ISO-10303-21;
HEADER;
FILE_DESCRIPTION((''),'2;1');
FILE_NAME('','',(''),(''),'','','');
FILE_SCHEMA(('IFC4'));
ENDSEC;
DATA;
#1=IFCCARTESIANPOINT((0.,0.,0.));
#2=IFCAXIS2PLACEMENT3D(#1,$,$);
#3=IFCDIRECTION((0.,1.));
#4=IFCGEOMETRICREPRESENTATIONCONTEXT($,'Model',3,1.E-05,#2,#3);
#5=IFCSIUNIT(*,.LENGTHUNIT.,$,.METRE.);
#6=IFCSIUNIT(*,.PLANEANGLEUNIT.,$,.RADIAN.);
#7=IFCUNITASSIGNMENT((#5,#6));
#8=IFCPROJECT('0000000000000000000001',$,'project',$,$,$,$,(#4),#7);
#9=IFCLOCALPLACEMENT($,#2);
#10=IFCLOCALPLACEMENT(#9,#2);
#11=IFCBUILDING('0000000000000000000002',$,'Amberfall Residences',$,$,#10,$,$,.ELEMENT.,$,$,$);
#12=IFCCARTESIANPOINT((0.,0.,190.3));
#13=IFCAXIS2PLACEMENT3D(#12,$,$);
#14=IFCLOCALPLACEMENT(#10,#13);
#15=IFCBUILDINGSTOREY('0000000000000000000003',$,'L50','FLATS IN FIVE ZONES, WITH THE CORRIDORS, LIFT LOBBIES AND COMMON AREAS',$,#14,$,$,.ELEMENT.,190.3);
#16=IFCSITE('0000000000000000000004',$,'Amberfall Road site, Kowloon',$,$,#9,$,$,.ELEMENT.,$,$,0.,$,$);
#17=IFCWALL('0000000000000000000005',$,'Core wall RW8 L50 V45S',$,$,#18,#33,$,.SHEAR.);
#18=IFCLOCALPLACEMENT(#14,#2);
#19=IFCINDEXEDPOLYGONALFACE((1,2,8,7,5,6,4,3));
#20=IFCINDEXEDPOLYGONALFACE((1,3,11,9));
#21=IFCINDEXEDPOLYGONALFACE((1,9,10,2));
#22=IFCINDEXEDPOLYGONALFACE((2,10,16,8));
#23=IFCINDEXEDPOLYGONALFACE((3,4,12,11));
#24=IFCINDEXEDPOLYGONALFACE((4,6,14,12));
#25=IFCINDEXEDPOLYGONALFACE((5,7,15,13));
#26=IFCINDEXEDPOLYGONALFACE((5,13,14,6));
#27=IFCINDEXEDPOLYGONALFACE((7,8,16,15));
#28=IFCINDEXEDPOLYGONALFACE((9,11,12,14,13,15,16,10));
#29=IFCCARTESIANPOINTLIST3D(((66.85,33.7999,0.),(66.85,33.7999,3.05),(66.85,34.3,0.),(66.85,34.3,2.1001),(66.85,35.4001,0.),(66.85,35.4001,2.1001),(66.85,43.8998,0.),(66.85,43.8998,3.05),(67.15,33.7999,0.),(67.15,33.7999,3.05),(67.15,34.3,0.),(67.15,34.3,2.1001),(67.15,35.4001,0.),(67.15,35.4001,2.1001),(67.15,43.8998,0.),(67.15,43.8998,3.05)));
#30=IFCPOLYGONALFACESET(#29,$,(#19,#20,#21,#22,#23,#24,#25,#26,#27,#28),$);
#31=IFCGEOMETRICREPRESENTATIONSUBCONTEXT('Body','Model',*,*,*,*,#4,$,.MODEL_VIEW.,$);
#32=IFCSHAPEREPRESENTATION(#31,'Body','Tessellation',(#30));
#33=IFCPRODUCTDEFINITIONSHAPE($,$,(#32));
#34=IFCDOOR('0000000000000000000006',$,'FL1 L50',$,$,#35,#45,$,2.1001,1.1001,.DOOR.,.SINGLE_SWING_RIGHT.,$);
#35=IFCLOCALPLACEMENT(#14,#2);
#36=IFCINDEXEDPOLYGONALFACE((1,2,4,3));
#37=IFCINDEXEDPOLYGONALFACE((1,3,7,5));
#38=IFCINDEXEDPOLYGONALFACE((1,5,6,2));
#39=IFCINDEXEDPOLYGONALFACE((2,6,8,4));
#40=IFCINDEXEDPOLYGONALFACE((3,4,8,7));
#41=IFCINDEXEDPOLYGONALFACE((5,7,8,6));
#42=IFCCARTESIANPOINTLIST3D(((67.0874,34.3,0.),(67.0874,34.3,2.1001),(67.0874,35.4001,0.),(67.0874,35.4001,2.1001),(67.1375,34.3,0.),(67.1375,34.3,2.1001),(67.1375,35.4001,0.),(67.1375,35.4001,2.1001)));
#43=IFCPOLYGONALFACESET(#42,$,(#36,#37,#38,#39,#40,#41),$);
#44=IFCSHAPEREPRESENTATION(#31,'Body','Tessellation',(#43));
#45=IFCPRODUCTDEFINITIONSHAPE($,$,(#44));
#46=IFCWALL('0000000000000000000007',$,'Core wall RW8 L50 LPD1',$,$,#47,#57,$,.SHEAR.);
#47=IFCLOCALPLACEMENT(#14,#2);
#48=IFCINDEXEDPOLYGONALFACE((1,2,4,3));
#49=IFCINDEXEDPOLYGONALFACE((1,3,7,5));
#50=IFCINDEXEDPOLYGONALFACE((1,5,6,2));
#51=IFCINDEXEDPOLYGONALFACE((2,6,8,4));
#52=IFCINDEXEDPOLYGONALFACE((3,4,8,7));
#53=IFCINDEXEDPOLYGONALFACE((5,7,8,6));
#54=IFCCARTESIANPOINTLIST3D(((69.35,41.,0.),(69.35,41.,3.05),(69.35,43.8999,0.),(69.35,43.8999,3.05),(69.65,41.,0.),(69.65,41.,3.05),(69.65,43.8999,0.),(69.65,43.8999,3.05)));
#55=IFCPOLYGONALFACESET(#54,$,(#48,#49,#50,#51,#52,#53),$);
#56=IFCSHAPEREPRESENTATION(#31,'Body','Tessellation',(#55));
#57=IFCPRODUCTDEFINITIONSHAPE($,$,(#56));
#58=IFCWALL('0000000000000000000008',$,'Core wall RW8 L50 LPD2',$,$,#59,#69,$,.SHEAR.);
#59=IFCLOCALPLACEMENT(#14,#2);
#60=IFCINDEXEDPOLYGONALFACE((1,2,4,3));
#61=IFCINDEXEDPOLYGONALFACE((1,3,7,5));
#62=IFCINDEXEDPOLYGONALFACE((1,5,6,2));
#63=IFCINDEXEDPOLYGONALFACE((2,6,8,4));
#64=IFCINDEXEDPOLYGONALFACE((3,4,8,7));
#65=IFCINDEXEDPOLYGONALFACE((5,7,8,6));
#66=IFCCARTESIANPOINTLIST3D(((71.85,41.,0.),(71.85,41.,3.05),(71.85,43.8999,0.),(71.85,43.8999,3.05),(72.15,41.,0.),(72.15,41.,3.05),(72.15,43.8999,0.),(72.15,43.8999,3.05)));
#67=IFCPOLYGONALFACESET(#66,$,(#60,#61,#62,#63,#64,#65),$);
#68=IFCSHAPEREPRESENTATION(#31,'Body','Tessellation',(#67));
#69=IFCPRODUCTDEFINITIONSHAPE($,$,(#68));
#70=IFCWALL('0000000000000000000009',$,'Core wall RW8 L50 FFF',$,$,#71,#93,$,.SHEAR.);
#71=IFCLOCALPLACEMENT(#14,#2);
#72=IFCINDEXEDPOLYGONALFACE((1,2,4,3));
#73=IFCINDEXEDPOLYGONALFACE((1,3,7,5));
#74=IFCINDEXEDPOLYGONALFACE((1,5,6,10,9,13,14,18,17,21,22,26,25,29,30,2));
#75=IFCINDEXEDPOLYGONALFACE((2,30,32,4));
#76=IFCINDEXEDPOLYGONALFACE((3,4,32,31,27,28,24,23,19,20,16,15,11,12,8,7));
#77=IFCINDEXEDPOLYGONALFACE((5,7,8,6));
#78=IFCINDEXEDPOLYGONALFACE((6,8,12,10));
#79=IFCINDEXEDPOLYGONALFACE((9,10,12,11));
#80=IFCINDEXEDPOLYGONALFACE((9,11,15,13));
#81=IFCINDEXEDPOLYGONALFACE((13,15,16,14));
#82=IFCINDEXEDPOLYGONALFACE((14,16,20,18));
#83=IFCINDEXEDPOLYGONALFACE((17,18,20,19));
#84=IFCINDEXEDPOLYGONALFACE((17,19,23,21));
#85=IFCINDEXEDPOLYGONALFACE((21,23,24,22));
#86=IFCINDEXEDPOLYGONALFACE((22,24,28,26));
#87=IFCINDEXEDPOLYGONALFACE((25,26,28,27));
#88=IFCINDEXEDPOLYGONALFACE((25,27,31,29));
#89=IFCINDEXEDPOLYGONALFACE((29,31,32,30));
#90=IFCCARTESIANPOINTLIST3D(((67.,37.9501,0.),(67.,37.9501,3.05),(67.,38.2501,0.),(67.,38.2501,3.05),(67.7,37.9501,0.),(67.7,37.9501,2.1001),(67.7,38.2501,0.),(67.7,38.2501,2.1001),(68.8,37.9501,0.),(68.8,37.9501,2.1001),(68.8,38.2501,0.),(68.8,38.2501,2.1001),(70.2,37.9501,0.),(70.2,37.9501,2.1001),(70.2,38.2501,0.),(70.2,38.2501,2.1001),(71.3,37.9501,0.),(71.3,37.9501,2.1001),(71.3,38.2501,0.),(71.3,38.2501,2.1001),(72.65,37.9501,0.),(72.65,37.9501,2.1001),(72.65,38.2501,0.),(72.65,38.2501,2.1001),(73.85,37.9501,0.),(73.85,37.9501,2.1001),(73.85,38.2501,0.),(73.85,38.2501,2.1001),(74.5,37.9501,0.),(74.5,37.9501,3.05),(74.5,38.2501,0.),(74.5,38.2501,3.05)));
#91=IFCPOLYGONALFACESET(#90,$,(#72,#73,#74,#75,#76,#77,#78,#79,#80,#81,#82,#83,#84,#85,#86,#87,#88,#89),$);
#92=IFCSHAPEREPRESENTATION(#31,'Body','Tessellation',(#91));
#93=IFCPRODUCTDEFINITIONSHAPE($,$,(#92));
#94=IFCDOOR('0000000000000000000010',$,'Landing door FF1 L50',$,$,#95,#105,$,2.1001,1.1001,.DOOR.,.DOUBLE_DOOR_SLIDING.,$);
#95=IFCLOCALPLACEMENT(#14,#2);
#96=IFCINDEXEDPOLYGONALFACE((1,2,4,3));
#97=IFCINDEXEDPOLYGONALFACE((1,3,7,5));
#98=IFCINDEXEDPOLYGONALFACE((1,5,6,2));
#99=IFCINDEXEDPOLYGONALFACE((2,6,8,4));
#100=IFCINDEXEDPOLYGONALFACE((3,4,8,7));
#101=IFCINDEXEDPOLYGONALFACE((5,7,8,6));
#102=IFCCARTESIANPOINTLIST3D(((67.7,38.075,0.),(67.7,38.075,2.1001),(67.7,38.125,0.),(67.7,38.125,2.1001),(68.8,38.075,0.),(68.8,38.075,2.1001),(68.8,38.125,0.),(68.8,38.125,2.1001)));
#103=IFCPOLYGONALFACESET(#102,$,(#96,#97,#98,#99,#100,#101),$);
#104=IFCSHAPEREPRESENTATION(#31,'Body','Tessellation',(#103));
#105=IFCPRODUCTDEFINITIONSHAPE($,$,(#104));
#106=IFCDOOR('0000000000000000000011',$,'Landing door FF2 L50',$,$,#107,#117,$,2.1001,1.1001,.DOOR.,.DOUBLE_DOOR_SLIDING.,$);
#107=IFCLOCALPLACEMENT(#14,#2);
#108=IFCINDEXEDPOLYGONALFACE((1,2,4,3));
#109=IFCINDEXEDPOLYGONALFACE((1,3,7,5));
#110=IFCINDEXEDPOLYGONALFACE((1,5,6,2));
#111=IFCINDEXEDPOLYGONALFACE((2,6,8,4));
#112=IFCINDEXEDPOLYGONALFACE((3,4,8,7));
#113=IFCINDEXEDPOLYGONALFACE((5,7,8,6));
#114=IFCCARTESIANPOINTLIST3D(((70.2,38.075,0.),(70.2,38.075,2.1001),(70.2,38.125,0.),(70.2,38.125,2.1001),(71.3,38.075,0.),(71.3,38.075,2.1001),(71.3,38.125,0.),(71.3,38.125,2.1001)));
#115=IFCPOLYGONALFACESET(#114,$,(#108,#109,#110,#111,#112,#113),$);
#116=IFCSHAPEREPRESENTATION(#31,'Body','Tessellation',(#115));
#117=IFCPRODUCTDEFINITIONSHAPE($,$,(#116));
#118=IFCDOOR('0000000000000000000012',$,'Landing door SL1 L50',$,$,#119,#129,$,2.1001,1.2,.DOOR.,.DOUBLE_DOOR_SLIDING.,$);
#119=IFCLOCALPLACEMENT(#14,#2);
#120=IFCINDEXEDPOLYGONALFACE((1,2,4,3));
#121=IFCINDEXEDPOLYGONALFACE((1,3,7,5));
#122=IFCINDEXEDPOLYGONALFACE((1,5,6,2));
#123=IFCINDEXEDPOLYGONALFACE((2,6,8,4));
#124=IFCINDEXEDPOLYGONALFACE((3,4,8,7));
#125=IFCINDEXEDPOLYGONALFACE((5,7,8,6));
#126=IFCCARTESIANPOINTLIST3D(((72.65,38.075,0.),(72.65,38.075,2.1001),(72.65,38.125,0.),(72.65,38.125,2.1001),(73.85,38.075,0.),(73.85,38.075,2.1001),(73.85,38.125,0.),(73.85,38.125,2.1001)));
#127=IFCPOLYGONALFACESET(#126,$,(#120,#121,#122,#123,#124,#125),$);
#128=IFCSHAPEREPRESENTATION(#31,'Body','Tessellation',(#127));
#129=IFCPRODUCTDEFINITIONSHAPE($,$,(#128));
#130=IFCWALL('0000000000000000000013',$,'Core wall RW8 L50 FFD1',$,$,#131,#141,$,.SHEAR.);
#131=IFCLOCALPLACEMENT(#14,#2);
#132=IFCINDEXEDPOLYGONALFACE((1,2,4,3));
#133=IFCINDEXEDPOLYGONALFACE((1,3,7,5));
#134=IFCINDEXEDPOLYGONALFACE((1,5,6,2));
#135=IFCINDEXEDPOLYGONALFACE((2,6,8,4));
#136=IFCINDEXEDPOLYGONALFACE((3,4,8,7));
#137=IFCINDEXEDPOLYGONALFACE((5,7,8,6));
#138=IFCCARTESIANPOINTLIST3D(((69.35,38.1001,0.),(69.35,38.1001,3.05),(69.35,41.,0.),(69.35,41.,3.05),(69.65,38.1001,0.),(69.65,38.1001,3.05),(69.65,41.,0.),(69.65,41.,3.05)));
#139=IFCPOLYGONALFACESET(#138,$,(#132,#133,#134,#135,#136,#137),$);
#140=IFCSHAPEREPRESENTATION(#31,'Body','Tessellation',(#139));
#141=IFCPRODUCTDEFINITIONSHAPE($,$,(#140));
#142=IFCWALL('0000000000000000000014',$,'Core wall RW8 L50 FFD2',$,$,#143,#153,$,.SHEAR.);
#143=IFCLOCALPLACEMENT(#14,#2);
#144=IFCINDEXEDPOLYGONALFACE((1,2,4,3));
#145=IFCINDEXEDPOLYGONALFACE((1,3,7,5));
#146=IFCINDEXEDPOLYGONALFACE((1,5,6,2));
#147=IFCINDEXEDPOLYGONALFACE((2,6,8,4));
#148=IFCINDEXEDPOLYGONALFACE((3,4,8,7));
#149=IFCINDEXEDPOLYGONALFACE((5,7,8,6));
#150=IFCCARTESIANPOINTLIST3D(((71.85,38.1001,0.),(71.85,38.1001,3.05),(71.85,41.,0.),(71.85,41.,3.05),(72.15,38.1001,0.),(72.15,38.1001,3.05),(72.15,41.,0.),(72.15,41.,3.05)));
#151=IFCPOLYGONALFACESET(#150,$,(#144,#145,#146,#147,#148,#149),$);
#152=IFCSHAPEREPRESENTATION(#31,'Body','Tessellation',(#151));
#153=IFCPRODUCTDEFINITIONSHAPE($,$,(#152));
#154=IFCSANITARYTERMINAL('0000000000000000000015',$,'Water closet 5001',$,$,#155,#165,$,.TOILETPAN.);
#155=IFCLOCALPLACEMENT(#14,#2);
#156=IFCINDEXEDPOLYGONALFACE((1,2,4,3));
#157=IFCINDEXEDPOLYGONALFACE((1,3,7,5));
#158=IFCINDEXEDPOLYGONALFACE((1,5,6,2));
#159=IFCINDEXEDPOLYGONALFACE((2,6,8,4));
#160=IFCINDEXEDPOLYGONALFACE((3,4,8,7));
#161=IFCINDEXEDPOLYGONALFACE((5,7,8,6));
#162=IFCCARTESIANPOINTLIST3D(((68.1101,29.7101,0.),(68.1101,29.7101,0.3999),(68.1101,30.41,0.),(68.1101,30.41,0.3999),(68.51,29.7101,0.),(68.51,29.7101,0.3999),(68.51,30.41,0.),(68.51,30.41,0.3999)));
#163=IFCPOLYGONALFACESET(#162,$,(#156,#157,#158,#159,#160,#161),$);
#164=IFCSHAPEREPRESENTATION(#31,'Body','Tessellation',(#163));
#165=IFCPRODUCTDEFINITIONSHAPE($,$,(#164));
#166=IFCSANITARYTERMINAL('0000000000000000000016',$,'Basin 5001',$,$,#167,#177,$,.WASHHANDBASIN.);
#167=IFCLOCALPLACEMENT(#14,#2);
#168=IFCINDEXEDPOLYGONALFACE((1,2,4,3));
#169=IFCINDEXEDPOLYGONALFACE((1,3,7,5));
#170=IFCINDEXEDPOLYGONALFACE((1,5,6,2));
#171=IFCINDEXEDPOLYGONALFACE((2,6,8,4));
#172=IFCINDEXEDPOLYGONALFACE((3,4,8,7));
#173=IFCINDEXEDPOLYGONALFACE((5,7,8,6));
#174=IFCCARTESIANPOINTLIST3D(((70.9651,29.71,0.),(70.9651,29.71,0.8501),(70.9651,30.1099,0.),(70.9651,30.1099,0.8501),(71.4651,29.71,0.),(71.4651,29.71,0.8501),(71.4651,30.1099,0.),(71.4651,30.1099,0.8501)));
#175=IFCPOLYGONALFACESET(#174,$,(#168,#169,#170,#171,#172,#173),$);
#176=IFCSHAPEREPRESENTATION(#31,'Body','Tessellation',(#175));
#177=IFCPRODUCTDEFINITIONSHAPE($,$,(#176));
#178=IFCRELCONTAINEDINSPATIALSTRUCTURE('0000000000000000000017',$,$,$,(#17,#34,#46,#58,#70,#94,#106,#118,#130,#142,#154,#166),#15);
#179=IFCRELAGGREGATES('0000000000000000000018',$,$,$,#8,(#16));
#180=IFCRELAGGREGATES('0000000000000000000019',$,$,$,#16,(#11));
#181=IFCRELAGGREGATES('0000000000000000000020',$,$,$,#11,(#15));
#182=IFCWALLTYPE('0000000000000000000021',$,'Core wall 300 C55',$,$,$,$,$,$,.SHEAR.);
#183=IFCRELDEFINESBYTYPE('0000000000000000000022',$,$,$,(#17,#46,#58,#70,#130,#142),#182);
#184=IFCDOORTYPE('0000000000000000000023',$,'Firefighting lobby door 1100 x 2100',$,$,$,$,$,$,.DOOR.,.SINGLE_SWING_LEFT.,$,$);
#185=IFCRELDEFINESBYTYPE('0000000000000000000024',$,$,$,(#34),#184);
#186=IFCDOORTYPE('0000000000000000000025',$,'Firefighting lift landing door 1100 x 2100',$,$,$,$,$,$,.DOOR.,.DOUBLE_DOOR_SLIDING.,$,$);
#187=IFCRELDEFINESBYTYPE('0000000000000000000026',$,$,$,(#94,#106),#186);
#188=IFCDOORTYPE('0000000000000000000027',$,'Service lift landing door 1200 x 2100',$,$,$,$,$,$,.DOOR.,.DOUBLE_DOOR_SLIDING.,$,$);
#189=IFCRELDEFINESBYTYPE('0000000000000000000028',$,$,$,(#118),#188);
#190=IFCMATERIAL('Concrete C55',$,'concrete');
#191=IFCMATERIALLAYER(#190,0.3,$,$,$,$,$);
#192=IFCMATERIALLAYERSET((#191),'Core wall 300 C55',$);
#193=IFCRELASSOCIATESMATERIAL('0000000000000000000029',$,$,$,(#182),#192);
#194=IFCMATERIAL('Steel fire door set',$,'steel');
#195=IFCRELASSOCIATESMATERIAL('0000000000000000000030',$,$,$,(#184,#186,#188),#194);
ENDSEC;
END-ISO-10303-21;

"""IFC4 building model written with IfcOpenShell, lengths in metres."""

from ifc_helpers import new_model, si_unit, direction, frame, frame_2d, origin, origin_2d, place, context, subcontext, project, spatial, rectangle, extrude, material, layer, layer_set, type_object, element, fill, save


model = new_model("IFC4")

# Units and contexts
model_context = context("Model", 3, precision=1e-05, world=origin(), true_north=direction((0.0, 1.0)))
body_context = subcontext(model_context, "Body", "Model", "MODEL_VIEW")
ifc_project = project(units=[si_unit("LENGTHUNIT", "METRE"), si_unit("PLANEANGLEUNIT", "RADIAN")], contexts=[model_context])

# Site, building, storey
site_placement = place(None, origin())
site = spatial("IfcSite", under=ifc_project, at=site_placement, Name="Amberfall Road site, Kowloon", CompositionType="ELEMENT", RefElevation=0.0)
building_placement = place(site_placement, origin())
building = spatial("IfcBuilding", under=site, at=building_placement, Name="Amberfall Residences", CompositionType="ELEMENT")
storey_placement = place(building_placement, frame((0.0, 0.0, 190.3)))
storey = spatial("IfcBuildingStorey", under=building, at=storey_placement, Name="L50", Description="FLATS IN FIVE ZONES, WITH THE CORRIDORS, LIFT LOBBIES AND COMMON AREAS", CompositionType="ELEMENT", Elevation=190.3)

# Wall, opening, door
ifc_material_1 = material(Name="Concrete C55", Category="concrete")
ifc_layer = layer(ifc_material_1, 0.3)
ifc_layer_set = layer_set([ifc_layer], Name="Core wall 300 C55")
wall_type = type_object("IfcWallType", Name="Core wall 300 C55", PredefinedType="SHEAR", material=ifc_layer_set)
wall_1_placement = place(storey_placement, frame((67.0, 33.8, 0.0), z_axis=(0.0, 0.0, 1.0), x_axis=(0.0, 1.0, 0.0)))
wall_1 = element("IfcWall", 1, at=wall_1_placement, inside=storey, type_object=wall_type, Name="Core wall RW8 L50 V45S", PredefinedType="SHEAR", context=body_context, shape_type="SweptSolid", body=[
    extrude(rectangle(XDim=10.0999, YDim=0.3, at=frame_2d((5.0498, 0.0))), origin(), (0.0, 0.0, 1.0), 3.05),
])
opening_1_placement = place(wall_1_placement, frame((0.5, 0.0, 0.0)))
opening_1 = element("IfcOpeningElement", 2, at=opening_1_placement, cuts=wall_1, PredefinedType="OPENING", context=body_context, shape_type="SweptSolid", body=[
    extrude(rectangle(XDim=1.1001, YDim=2.1001, at=frame_2d((0.55, 1.05))), frame((0.0, 0.1599, 0.0), z_axis=(0.0, -1.0, 0.0), x_axis=(1.0, 0.0, 0.0)), (0.0, 0.0, 1.0), 0.3201),
])
ifc_material_2 = material(Name="Steel fire door set", Category="steel")
door_type_1 = type_object("IfcDoorType", Name="Firefighting lobby door 1100 x 2100", OperationType="SINGLE_SWING_LEFT", PredefinedType="DOOR", material=ifc_material_2)
door_1_placement = place(opening_1_placement, origin())
door_1 = element("IfcDoor", 3, at=door_1_placement, inside=storey, type_object=door_type_1, Name="FL1 L50", OperationType="SINGLE_SWING_RIGHT", OverallHeight=2.1001, OverallWidth=1.1001, PredefinedType="DOOR", context=body_context, shape_type="SweptSolid", body=[
    extrude(rectangle(XDim=1.1001, YDim=2.1001, at=frame_2d((0.55, 1.05))), frame((0.0, -0.0874, 0.0), z_axis=(0.0, -1.0, 0.0), x_axis=(1.0, 0.0, 0.0)), (0.0, 0.0, 1.0), 0.05),
])
fill(opening_1, door_1)

# Walls
for number, where, z_axis, x_axis, name in (
    (4, (69.5, 41.0, 0.0), (0.0, 0.0, 1.0), (0.0, 1.0, 0.0), "Core wall RW8 L50 LPD1"),
    (5, (72.0, 41.0, 0.0), (0.0, 0.0, 1.0), (0.0, 1.0, 0.0), "Core wall RW8 L50 LPD2"),
):
    element("IfcWall", number, at=place(storey_placement, frame(where, z_axis=z_axis, x_axis=x_axis)), inside=storey, type_object=wall_type, Name=name, PredefinedType="SHEAR", context=body_context, shape_type="SweptSolid", body=[
        extrude(rectangle(XDim=2.8999, YDim=0.3, at=frame_2d((1.45, 0.0))), origin(), (0.0, 0.0, 1.0), 3.05),
    ])

# Wall, openings, doors
wall_2_placement = place(storey_placement, frame((67.0, 38.1001, 0.0), z_axis=(0.0, 0.0, 1.0), x_axis=(1.0, 0.0, 0.0)))
wall_2 = element("IfcWall", 6, at=wall_2_placement, inside=storey, type_object=wall_type, Name="Core wall RW8 L50 FFF", PredefinedType="SHEAR", context=body_context, shape_type="SweptSolid", body=[
    extrude(rectangle(XDim=7.5, YDim=0.3, at=frame_2d((3.75, 0.0))), origin(), (0.0, 0.0, 1.0), 3.05),
])
opening_2_placement = place(wall_2_placement, frame((0.7, 0.0, 0.0)))
opening_2 = element("IfcOpeningElement", 7, at=opening_2_placement, cuts=wall_2, PredefinedType="OPENING", context=body_context, shape_type="SweptSolid", body=[
    extrude(rectangle(XDim=1.1001, YDim=2.1001, at=frame_2d((0.55, 1.05))), frame((0.0, 0.1599, 0.0), z_axis=(0.0, -1.0, 0.0), x_axis=(1.0, 0.0, 0.0)), (0.0, 0.0, 1.0), 0.3201),
])
opening_3_placement = place(wall_2_placement, frame((3.2, 0.0, 0.0)))
opening_3 = element("IfcOpeningElement", 8, at=opening_3_placement, cuts=wall_2, PredefinedType="OPENING", context=body_context, shape_type="SweptSolid", body=[
    extrude(rectangle(XDim=1.1001, YDim=2.1001, at=frame_2d((0.55, 1.05))), frame((0.0, 0.1599, 0.0), z_axis=(0.0, -1.0, 0.0), x_axis=(1.0, 0.0, 0.0)), (0.0, 0.0, 1.0), 0.3201),
])
opening_4_placement = place(wall_2_placement, frame((5.6499, 0.0, 0.0)))
opening_4 = element("IfcOpeningElement", 9, at=opening_4_placement, cuts=wall_2, PredefinedType="OPENING", context=body_context, shape_type="SweptSolid", body=[
    extrude(rectangle(XDim=1.2, YDim=2.1001, at=frame_2d((0.6001, 1.05))), frame((0.0, 0.1599, 0.0), z_axis=(0.0, -1.0, 0.0), x_axis=(1.0, 0.0, 0.0)), (0.0, 0.0, 1.0), 0.3201),
])
door_type_2 = type_object("IfcDoorType", Name="Firefighting lift landing door 1100 x 2100", OperationType="DOUBLE_DOOR_SLIDING", PredefinedType="DOOR", material=ifc_material_2)
door_2_placement = place(opening_2_placement, origin())
door_2 = element("IfcDoor", 10, at=door_2_placement, inside=storey, type_object=door_type_2, Name="Landing door FF1 L50", OperationType="DOUBLE_DOOR_SLIDING", OverallHeight=2.1001, OverallWidth=1.1001, PredefinedType="DOOR", context=body_context, shape_type="SweptSolid", body=[
    extrude(rectangle(XDim=1.1001, YDim=2.1001, at=frame_2d((0.55, 1.05))), frame((0.0, 0.0249, 0.0), z_axis=(0.0, -1.0, 0.0), x_axis=(1.0, 0.0, 0.0)), (0.0, 0.0, 1.0), 0.05),
])
fill(opening_2, door_2)
door_3_placement = place(opening_3_placement, origin())
door_3 = element("IfcDoor", 11, at=door_3_placement, inside=storey, type_object=door_type_2, Name="Landing door FF2 L50", OperationType="DOUBLE_DOOR_SLIDING", OverallHeight=2.1001, OverallWidth=1.1001, PredefinedType="DOOR", context=body_context, shape_type="SweptSolid", body=[
    extrude(rectangle(XDim=1.1001, YDim=2.1001, at=frame_2d((0.55, 1.05))), frame((0.0, 0.0249, 0.0), z_axis=(0.0, -1.0, 0.0), x_axis=(1.0, 0.0, 0.0)), (0.0, 0.0, 1.0), 0.05),
])
fill(opening_3, door_3)
door_type_3 = type_object("IfcDoorType", Name="Service lift landing door 1200 x 2100", OperationType="DOUBLE_DOOR_SLIDING", PredefinedType="DOOR", material=ifc_material_2)
door_4_placement = place(opening_4_placement, origin())
door_4 = element("IfcDoor", 12, at=door_4_placement, inside=storey, type_object=door_type_3, Name="Landing door SL1 L50", OperationType="DOUBLE_DOOR_SLIDING", OverallHeight=2.1001, OverallWidth=1.2, PredefinedType="DOOR", context=body_context, shape_type="SweptSolid", body=[
    extrude(rectangle(XDim=1.2, YDim=2.1001, at=frame_2d((0.6001, 1.05))), frame((0.0, 0.0249, 0.0), z_axis=(0.0, -1.0, 0.0), x_axis=(1.0, 0.0, 0.0)), (0.0, 0.0, 1.0), 0.05),
])
fill(opening_4, door_4)

# Walls
for number, where, z_axis, x_axis, name in (
    (13, (69.5, 38.1001, 0.0), (0.0, 0.0, 1.0), (0.0, 1.0, 0.0), "Core wall RW8 L50 FFD1"),
    (14, (72.0, 38.1001, 0.0), (0.0, 0.0, 1.0), (0.0, 1.0, 0.0), "Core wall RW8 L50 FFD2"),
):
    element("IfcWall", number, at=place(storey_placement, frame(where, z_axis=z_axis, x_axis=x_axis)), inside=storey, type_object=wall_type, Name=name, PredefinedType="SHEAR", context=body_context, shape_type="SweptSolid", body=[
        extrude(rectangle(XDim=2.8999, YDim=0.3, at=frame_2d((1.45, 0.0))), origin(), (0.0, 0.0, 1.0), 3.05),
    ])

# Sanitary terminals
sanitary_terminal_1_placement = place(storey_placement, frame((68.3101, 30.0601, 0.0), z_axis=(0.0, 0.0, 1.0), x_axis=(1.0, 0.0, 0.0)))
element("IfcSanitaryTerminal", 15, at=sanitary_terminal_1_placement, inside=storey, Name="Water closet 5001", PredefinedType="TOILETPAN", context=body_context, shape_type="SweptSolid", body=[
    extrude(rectangle(XDim=0.3999, YDim=0.7, at=origin_2d()), origin(), (0.0, 0.0, 1.0), 0.3999),
])
sanitary_terminal_2_placement = place(storey_placement, frame((71.2151, 29.9099, 0.0), z_axis=(0.0, 0.0, 1.0), x_axis=(1.0, 0.0, 0.0)))
element("IfcSanitaryTerminal", 16, at=sanitary_terminal_2_placement, inside=storey, Name="Basin 5001", PredefinedType="WASHHANDBASIN", context=body_context, shape_type="SweptSolid", body=[
    extrude(rectangle(XDim=0.5, YDim=0.3999, at=origin_2d()), origin(), (0.0, 0.0, 1.0), 0.8501),
])

save(model, "model.ifc")
